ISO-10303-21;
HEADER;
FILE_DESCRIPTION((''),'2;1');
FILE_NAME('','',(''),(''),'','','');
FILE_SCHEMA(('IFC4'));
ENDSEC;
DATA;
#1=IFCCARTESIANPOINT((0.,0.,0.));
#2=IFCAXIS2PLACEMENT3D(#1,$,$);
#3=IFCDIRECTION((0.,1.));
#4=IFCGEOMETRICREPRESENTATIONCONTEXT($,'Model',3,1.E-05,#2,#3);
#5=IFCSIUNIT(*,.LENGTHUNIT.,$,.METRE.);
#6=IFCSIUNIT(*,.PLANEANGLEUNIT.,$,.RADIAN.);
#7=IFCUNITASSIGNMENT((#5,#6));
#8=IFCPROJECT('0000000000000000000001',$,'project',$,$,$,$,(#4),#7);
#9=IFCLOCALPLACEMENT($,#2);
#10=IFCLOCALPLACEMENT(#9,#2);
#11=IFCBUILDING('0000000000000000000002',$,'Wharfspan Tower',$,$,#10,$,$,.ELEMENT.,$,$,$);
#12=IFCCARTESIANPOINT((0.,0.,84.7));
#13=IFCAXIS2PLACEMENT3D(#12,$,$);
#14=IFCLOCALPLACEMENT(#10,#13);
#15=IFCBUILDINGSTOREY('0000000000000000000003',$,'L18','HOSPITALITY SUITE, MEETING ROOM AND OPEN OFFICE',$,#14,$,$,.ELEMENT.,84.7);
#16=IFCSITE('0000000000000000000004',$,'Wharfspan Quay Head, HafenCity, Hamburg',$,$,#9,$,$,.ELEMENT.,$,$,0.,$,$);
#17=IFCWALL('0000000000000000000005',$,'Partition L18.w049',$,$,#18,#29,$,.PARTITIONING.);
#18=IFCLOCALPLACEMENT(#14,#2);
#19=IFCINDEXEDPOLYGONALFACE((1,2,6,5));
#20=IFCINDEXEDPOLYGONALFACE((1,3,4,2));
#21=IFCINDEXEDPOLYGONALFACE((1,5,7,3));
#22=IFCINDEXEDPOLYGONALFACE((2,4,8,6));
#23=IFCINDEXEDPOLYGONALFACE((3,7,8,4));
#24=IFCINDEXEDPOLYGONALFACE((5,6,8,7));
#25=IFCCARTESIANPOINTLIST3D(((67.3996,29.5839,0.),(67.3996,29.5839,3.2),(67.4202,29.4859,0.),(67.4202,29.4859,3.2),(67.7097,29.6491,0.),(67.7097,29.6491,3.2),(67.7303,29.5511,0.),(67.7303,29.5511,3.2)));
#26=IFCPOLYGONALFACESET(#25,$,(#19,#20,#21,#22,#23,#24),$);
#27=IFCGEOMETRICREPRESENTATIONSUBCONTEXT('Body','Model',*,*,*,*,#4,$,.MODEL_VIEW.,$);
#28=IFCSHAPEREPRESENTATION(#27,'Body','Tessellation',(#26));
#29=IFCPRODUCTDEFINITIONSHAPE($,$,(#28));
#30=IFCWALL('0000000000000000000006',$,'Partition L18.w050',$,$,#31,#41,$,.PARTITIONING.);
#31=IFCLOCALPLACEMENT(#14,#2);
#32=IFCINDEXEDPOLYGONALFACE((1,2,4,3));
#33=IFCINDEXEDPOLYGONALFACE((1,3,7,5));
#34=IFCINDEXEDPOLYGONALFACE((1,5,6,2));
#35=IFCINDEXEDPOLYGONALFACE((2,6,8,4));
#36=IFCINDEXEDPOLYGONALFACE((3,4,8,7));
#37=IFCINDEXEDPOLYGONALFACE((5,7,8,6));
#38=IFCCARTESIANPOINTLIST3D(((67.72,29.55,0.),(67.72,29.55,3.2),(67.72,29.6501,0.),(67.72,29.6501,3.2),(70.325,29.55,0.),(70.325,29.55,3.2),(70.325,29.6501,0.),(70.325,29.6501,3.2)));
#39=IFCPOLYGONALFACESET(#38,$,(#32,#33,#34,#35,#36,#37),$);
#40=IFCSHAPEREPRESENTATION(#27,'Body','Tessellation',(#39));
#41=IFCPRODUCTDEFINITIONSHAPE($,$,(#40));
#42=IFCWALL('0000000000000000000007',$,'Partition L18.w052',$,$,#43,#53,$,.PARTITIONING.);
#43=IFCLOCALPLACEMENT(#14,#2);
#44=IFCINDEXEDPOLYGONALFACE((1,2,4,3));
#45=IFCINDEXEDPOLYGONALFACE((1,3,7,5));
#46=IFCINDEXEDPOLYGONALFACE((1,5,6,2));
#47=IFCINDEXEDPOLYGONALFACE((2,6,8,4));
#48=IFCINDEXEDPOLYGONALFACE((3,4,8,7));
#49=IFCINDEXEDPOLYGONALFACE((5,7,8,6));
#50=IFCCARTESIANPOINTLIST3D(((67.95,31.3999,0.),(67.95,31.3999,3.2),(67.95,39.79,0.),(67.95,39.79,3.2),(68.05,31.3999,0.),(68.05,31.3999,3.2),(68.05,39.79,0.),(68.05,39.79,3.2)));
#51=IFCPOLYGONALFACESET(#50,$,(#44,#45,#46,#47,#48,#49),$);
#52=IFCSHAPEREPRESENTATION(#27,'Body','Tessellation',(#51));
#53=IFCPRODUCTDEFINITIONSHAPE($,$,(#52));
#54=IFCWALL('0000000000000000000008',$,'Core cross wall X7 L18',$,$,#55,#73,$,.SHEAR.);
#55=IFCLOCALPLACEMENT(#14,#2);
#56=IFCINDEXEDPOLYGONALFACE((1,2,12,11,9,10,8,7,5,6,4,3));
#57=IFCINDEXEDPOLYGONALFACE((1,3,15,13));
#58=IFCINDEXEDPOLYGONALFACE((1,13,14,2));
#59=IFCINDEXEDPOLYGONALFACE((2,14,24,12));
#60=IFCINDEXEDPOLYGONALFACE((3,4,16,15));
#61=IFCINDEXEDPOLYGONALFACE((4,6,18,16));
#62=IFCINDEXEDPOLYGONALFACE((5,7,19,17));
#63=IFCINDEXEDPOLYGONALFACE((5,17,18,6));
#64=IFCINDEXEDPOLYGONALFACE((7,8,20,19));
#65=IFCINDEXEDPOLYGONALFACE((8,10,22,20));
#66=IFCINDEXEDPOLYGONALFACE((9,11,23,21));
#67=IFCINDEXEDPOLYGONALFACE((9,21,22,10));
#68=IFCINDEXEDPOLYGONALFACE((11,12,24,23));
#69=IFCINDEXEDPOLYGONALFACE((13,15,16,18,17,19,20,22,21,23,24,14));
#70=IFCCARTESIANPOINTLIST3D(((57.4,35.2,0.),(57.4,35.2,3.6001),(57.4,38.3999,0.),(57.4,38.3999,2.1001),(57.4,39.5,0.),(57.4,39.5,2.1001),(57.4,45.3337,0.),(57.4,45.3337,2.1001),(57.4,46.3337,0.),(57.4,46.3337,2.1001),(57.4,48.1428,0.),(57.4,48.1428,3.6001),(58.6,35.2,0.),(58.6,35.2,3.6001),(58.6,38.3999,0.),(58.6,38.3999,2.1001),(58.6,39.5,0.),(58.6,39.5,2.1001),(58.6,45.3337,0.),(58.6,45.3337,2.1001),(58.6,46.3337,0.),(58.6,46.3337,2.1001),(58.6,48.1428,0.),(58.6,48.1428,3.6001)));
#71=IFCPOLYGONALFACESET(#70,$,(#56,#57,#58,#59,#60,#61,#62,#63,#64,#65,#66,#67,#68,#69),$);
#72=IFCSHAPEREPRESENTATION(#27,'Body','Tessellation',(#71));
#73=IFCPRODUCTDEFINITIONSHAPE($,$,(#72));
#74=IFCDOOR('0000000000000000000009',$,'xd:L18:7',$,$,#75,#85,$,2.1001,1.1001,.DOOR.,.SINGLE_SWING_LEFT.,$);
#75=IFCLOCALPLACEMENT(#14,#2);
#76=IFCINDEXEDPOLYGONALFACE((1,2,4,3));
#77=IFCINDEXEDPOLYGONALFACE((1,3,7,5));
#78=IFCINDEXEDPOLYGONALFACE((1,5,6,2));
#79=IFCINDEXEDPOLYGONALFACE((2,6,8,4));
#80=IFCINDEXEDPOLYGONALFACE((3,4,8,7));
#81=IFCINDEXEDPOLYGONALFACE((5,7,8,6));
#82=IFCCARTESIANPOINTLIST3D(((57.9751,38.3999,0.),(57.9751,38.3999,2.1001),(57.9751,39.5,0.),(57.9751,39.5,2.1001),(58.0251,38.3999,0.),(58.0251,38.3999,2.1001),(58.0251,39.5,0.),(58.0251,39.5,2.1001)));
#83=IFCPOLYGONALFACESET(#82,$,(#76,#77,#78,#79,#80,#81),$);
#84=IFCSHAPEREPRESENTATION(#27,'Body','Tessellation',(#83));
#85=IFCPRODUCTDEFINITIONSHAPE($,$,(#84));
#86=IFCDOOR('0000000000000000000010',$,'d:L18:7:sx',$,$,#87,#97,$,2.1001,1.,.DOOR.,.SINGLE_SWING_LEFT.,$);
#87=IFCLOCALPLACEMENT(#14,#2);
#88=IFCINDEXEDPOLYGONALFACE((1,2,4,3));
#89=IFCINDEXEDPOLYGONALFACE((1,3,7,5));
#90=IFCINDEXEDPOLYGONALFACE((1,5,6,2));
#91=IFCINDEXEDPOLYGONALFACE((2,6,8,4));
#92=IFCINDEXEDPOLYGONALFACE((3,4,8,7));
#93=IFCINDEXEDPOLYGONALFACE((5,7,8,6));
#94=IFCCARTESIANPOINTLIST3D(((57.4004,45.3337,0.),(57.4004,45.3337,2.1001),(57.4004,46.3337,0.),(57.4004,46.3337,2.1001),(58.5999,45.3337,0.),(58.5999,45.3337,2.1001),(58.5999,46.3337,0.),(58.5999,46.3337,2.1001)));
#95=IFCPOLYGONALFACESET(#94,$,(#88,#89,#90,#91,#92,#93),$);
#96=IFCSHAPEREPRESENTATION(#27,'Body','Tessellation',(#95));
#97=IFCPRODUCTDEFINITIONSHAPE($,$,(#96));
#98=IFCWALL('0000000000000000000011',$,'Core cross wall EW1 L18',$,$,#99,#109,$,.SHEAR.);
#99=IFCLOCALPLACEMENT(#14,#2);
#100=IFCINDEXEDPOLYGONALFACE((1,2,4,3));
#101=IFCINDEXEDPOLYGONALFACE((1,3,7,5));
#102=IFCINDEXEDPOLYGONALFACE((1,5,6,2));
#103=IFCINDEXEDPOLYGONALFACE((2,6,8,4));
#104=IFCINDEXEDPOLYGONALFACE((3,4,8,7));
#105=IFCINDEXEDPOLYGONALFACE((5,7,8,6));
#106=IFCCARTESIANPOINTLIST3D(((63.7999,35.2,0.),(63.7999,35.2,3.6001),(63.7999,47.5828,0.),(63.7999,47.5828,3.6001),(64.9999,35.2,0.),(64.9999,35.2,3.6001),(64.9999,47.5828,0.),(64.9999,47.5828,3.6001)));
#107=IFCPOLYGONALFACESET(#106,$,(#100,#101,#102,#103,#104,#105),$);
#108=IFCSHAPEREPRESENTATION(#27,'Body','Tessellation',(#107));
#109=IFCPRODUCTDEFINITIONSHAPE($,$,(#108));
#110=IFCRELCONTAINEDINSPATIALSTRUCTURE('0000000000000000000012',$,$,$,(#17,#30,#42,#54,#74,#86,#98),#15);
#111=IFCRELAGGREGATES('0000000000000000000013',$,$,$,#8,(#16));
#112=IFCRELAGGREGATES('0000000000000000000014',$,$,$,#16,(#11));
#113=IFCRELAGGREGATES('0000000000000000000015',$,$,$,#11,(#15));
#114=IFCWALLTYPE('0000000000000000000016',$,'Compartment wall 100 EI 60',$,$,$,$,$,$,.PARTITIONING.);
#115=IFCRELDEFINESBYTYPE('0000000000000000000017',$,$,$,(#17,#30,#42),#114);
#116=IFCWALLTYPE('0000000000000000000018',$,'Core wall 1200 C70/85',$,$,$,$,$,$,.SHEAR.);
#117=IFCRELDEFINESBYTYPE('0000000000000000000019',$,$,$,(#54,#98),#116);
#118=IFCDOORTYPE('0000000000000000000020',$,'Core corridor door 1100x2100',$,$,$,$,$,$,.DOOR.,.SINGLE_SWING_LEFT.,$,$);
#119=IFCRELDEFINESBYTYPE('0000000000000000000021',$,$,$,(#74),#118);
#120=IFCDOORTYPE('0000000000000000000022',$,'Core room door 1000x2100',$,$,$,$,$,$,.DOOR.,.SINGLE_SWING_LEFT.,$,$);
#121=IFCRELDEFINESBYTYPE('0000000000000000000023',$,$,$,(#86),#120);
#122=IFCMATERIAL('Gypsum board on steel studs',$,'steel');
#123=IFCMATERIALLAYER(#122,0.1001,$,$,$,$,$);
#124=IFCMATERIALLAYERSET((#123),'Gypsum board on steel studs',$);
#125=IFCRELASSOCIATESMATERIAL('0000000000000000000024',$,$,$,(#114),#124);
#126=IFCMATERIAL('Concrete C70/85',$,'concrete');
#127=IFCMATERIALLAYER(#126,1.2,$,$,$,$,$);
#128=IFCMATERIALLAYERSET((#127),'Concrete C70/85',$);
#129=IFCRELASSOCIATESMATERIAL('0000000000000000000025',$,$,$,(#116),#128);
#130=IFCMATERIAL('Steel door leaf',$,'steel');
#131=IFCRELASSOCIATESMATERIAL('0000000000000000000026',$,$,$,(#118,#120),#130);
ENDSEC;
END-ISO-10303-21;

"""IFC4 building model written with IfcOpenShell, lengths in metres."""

from ifc_helpers import new_model, si_unit, direction, frame, frame_2d, origin, place, context, subcontext, project, spatial, rectangle, extrude, material, layer, layer_set, type_object, element, fill, save


model = new_model("IFC4")

# Units and contexts
model_context = context("Model", 3, precision=1e-05, world=origin(), true_north=direction((0.0, 1.0)))
body_context = subcontext(model_context, "Body", "Model", "MODEL_VIEW")
ifc_project = project(units=[si_unit("LENGTHUNIT", "METRE"), si_unit("PLANEANGLEUNIT", "RADIAN")], contexts=[model_context])

# Site, building, storey
site_placement = place(None, origin())
site = spatial("IfcSite", under=ifc_project, at=site_placement, Name="Wharfspan Quay Head, HafenCity, Hamburg", CompositionType="ELEMENT", RefElevation=0.0)
building_placement = place(site_placement, origin())
building = spatial("IfcBuilding", under=site, at=building_placement, Name="Wharfspan Tower", CompositionType="ELEMENT")
storey_placement = place(building_placement, frame((0.0, 0.0, 84.7)))
storey = spatial("IfcBuildingStorey", under=building, at=storey_placement, Name="L18", Description="HOSPITALITY SUITE, MEETING ROOM AND OPEN OFFICE", CompositionType="ELEMENT", Elevation=84.7)

# Shared definitions
ifc_material_1 = material(Name="Gypsum board on steel studs", Category="steel")
ifc_layer_1 = layer(ifc_material_1, 0.1001)
ifc_layer_set_1 = layer_set([ifc_layer_1], Name="Gypsum board on steel studs")
wall_type_1 = type_object("IfcWallType", Name="Compartment wall 100 EI 60", PredefinedType="PARTITIONING", material=ifc_layer_set_1)

# Walls
wall_1_placement = place(storey_placement, frame((67.4099, 29.5349, 0.0), z_axis=(0.0, 0.0, 1.0), x_axis=(0.978604, 0.205738, 0.0)))
element("IfcWall", 1, at=wall_1_placement, inside=storey, type_object=wall_type_1, Name="Partition L18.w049", PredefinedType="PARTITIONING", context=body_context, shape_type="SweptSolid", body=[
    extrude(rectangle(XDim=0.3169, YDim=0.1001, at=frame_2d((0.1584, 0.0))), origin(), (0.0, 0.0, 1.0), 3.2),
])
wall_2_placement = place(storey_placement, frame((67.72, 29.6001, 0.0), z_axis=(0.0, 0.0, 1.0), x_axis=(1.0, 0.0, 0.0)))
element("IfcWall", 2, at=wall_2_placement, inside=storey, type_object=wall_type_1, Name="Partition L18.w050", PredefinedType="PARTITIONING", context=body_context, shape_type="SweptSolid", body=[
    extrude(rectangle(XDim=2.605, YDim=0.1001, at=frame_2d((1.3025, 0.0))), origin(), (0.0, 0.0, 1.0), 3.2),
])
wall_3_placement = place(storey_placement, frame((68.0, 31.3999, 0.0), z_axis=(0.0, 0.0, 1.0), x_axis=(0.0, 1.0, 0.0)))
element("IfcWall", 3, at=wall_3_placement, inside=storey, type_object=wall_type_1, Name="Partition L18.w052", PredefinedType="PARTITIONING", context=body_context, shape_type="SweptSolid", body=[
    extrude(rectangle(XDim=8.3901, YDim=0.1001, at=frame_2d((4.1951, 0.0))), origin(), (0.0, 0.0, 1.0), 3.2),
])

# Wall, openings, doors
ifc_material_2 = material(Name="Concrete C70/85", Category="concrete")
ifc_layer_2 = layer(ifc_material_2, 1.2)
ifc_layer_set_2 = layer_set([ifc_layer_2], Name="Concrete C70/85")
wall_type_2 = type_object("IfcWallType", Name="Core wall 1200 C70/85", PredefinedType="SHEAR", material=ifc_layer_set_2)
wall_4_placement = place(storey_placement, frame((58.0, 35.2, 0.0), z_axis=(0.0, 0.0, 1.0), x_axis=(0.0, 1.0, 0.0)))
wall_4 = element("IfcWall", 4, at=wall_4_placement, inside=storey, type_object=wall_type_2, Name="Core cross wall X7 L18", PredefinedType="SHEAR", context=body_context, shape_type="SweptSolid", body=[
    extrude(rectangle(XDim=12.9429, YDim=1.2, at=frame_2d((6.4714, 0.0))), origin(), (0.0, 0.0, 1.0), 3.6001),
])
opening_1_placement = place(wall_4_placement, frame((10.1338, 0.0, 0.0)))
opening_1 = element("IfcOpeningElement", 5, at=opening_1_placement, cuts=wall_4, PredefinedType="OPENING", context=body_context, shape_type="SweptSolid", body=[
    extrude(rectangle(XDim=1.0, YDim=2.1001, at=frame_2d((0.5, 1.05))), frame((0.0, 0.6099, 0.0), z_axis=(0.0, -1.0, 0.0), x_axis=(1.0, 0.0, 0.0)), (0.0, 0.0, 1.0), 1.22),
])
opening_2_placement = place(wall_4_placement, frame((3.2, 0.0, 0.0)))
opening_2 = element("IfcOpeningElement", 6, at=opening_2_placement, cuts=wall_4, PredefinedType="OPENING", context=body_context, shape_type="SweptSolid", body=[
    extrude(rectangle(XDim=1.1001, YDim=2.1001, at=frame_2d((0.55, 1.05))), frame((0.0, 0.6099, 0.0), z_axis=(0.0, -1.0, 0.0), x_axis=(1.0, 0.0, 0.0)), (0.0, 0.0, 1.0), 1.22),
])
ifc_material_3 = material(Name="Steel door leaf", Category="steel")
door_type_1 = type_object("IfcDoorType", Name="Core corridor door 1100x2100", OperationType="SINGLE_SWING_LEFT", PredefinedType="DOOR", material=ifc_material_3)
door_1_placement = place(opening_2_placement, origin())
door_1 = element("IfcDoor", 7, at=door_1_placement, inside=storey, type_object=door_type_1, Name="xd:L18:7", OperationType="SINGLE_SWING_LEFT", OverallHeight=2.1001, OverallWidth=1.1001, PredefinedType="DOOR", context=body_context, shape_type="SweptSolid", body=[
    extrude(rectangle(XDim=1.1001, YDim=2.1001, at=frame_2d((0.55, 1.05))), frame((0.0, 0.0249, 0.0), z_axis=(0.0, -1.0, 0.0), x_axis=(1.0, 0.0, 0.0)), (0.0, 0.0, 1.0), 0.05),
])
fill(opening_2, door_1)
door_type_2 = type_object("IfcDoorType", Name="Core room door 1000x2100", OperationType="SINGLE_SWING_LEFT", PredefinedType="DOOR", material=ifc_material_3)
door_2_placement = place(opening_1_placement, origin())
door_2 = element("IfcDoor", 8, at=door_2_placement, inside=storey, type_object=door_type_2, Name="d:L18:7:sx", OperationType="SINGLE_SWING_LEFT", OverallHeight=2.1001, OverallWidth=1.0, PredefinedType="DOOR", context=body_context, shape_type="SweptSolid", body=[
    extrude(rectangle(XDim=1.0, YDim=2.1001, at=frame_2d((0.5, 1.05))), frame((0.0, 0.5996, 0.0), z_axis=(0.0, -1.0, 0.0), x_axis=(1.0, 0.0, 0.0)), (0.0, 0.0, 1.0), 1.1995),
])
fill(opening_1, door_2)

# Wall
wall_5_placement = place(storey_placement, frame((64.3999, 35.2, 0.0), z_axis=(0.0, 0.0, 1.0), x_axis=(0.0, 1.0, 0.0)))
element("IfcWall", 9, at=wall_5_placement, inside=storey, type_object=wall_type_2, Name="Core cross wall EW1 L18", PredefinedType="SHEAR", context=body_context, shape_type="SweptSolid", body=[
    extrude(rectangle(XDim=12.3828, YDim=1.2, at=frame_2d((6.1914, 0.0))), origin(), (0.0, 0.0, 1.0), 3.6001),
])

save(model, "model.ifc")
